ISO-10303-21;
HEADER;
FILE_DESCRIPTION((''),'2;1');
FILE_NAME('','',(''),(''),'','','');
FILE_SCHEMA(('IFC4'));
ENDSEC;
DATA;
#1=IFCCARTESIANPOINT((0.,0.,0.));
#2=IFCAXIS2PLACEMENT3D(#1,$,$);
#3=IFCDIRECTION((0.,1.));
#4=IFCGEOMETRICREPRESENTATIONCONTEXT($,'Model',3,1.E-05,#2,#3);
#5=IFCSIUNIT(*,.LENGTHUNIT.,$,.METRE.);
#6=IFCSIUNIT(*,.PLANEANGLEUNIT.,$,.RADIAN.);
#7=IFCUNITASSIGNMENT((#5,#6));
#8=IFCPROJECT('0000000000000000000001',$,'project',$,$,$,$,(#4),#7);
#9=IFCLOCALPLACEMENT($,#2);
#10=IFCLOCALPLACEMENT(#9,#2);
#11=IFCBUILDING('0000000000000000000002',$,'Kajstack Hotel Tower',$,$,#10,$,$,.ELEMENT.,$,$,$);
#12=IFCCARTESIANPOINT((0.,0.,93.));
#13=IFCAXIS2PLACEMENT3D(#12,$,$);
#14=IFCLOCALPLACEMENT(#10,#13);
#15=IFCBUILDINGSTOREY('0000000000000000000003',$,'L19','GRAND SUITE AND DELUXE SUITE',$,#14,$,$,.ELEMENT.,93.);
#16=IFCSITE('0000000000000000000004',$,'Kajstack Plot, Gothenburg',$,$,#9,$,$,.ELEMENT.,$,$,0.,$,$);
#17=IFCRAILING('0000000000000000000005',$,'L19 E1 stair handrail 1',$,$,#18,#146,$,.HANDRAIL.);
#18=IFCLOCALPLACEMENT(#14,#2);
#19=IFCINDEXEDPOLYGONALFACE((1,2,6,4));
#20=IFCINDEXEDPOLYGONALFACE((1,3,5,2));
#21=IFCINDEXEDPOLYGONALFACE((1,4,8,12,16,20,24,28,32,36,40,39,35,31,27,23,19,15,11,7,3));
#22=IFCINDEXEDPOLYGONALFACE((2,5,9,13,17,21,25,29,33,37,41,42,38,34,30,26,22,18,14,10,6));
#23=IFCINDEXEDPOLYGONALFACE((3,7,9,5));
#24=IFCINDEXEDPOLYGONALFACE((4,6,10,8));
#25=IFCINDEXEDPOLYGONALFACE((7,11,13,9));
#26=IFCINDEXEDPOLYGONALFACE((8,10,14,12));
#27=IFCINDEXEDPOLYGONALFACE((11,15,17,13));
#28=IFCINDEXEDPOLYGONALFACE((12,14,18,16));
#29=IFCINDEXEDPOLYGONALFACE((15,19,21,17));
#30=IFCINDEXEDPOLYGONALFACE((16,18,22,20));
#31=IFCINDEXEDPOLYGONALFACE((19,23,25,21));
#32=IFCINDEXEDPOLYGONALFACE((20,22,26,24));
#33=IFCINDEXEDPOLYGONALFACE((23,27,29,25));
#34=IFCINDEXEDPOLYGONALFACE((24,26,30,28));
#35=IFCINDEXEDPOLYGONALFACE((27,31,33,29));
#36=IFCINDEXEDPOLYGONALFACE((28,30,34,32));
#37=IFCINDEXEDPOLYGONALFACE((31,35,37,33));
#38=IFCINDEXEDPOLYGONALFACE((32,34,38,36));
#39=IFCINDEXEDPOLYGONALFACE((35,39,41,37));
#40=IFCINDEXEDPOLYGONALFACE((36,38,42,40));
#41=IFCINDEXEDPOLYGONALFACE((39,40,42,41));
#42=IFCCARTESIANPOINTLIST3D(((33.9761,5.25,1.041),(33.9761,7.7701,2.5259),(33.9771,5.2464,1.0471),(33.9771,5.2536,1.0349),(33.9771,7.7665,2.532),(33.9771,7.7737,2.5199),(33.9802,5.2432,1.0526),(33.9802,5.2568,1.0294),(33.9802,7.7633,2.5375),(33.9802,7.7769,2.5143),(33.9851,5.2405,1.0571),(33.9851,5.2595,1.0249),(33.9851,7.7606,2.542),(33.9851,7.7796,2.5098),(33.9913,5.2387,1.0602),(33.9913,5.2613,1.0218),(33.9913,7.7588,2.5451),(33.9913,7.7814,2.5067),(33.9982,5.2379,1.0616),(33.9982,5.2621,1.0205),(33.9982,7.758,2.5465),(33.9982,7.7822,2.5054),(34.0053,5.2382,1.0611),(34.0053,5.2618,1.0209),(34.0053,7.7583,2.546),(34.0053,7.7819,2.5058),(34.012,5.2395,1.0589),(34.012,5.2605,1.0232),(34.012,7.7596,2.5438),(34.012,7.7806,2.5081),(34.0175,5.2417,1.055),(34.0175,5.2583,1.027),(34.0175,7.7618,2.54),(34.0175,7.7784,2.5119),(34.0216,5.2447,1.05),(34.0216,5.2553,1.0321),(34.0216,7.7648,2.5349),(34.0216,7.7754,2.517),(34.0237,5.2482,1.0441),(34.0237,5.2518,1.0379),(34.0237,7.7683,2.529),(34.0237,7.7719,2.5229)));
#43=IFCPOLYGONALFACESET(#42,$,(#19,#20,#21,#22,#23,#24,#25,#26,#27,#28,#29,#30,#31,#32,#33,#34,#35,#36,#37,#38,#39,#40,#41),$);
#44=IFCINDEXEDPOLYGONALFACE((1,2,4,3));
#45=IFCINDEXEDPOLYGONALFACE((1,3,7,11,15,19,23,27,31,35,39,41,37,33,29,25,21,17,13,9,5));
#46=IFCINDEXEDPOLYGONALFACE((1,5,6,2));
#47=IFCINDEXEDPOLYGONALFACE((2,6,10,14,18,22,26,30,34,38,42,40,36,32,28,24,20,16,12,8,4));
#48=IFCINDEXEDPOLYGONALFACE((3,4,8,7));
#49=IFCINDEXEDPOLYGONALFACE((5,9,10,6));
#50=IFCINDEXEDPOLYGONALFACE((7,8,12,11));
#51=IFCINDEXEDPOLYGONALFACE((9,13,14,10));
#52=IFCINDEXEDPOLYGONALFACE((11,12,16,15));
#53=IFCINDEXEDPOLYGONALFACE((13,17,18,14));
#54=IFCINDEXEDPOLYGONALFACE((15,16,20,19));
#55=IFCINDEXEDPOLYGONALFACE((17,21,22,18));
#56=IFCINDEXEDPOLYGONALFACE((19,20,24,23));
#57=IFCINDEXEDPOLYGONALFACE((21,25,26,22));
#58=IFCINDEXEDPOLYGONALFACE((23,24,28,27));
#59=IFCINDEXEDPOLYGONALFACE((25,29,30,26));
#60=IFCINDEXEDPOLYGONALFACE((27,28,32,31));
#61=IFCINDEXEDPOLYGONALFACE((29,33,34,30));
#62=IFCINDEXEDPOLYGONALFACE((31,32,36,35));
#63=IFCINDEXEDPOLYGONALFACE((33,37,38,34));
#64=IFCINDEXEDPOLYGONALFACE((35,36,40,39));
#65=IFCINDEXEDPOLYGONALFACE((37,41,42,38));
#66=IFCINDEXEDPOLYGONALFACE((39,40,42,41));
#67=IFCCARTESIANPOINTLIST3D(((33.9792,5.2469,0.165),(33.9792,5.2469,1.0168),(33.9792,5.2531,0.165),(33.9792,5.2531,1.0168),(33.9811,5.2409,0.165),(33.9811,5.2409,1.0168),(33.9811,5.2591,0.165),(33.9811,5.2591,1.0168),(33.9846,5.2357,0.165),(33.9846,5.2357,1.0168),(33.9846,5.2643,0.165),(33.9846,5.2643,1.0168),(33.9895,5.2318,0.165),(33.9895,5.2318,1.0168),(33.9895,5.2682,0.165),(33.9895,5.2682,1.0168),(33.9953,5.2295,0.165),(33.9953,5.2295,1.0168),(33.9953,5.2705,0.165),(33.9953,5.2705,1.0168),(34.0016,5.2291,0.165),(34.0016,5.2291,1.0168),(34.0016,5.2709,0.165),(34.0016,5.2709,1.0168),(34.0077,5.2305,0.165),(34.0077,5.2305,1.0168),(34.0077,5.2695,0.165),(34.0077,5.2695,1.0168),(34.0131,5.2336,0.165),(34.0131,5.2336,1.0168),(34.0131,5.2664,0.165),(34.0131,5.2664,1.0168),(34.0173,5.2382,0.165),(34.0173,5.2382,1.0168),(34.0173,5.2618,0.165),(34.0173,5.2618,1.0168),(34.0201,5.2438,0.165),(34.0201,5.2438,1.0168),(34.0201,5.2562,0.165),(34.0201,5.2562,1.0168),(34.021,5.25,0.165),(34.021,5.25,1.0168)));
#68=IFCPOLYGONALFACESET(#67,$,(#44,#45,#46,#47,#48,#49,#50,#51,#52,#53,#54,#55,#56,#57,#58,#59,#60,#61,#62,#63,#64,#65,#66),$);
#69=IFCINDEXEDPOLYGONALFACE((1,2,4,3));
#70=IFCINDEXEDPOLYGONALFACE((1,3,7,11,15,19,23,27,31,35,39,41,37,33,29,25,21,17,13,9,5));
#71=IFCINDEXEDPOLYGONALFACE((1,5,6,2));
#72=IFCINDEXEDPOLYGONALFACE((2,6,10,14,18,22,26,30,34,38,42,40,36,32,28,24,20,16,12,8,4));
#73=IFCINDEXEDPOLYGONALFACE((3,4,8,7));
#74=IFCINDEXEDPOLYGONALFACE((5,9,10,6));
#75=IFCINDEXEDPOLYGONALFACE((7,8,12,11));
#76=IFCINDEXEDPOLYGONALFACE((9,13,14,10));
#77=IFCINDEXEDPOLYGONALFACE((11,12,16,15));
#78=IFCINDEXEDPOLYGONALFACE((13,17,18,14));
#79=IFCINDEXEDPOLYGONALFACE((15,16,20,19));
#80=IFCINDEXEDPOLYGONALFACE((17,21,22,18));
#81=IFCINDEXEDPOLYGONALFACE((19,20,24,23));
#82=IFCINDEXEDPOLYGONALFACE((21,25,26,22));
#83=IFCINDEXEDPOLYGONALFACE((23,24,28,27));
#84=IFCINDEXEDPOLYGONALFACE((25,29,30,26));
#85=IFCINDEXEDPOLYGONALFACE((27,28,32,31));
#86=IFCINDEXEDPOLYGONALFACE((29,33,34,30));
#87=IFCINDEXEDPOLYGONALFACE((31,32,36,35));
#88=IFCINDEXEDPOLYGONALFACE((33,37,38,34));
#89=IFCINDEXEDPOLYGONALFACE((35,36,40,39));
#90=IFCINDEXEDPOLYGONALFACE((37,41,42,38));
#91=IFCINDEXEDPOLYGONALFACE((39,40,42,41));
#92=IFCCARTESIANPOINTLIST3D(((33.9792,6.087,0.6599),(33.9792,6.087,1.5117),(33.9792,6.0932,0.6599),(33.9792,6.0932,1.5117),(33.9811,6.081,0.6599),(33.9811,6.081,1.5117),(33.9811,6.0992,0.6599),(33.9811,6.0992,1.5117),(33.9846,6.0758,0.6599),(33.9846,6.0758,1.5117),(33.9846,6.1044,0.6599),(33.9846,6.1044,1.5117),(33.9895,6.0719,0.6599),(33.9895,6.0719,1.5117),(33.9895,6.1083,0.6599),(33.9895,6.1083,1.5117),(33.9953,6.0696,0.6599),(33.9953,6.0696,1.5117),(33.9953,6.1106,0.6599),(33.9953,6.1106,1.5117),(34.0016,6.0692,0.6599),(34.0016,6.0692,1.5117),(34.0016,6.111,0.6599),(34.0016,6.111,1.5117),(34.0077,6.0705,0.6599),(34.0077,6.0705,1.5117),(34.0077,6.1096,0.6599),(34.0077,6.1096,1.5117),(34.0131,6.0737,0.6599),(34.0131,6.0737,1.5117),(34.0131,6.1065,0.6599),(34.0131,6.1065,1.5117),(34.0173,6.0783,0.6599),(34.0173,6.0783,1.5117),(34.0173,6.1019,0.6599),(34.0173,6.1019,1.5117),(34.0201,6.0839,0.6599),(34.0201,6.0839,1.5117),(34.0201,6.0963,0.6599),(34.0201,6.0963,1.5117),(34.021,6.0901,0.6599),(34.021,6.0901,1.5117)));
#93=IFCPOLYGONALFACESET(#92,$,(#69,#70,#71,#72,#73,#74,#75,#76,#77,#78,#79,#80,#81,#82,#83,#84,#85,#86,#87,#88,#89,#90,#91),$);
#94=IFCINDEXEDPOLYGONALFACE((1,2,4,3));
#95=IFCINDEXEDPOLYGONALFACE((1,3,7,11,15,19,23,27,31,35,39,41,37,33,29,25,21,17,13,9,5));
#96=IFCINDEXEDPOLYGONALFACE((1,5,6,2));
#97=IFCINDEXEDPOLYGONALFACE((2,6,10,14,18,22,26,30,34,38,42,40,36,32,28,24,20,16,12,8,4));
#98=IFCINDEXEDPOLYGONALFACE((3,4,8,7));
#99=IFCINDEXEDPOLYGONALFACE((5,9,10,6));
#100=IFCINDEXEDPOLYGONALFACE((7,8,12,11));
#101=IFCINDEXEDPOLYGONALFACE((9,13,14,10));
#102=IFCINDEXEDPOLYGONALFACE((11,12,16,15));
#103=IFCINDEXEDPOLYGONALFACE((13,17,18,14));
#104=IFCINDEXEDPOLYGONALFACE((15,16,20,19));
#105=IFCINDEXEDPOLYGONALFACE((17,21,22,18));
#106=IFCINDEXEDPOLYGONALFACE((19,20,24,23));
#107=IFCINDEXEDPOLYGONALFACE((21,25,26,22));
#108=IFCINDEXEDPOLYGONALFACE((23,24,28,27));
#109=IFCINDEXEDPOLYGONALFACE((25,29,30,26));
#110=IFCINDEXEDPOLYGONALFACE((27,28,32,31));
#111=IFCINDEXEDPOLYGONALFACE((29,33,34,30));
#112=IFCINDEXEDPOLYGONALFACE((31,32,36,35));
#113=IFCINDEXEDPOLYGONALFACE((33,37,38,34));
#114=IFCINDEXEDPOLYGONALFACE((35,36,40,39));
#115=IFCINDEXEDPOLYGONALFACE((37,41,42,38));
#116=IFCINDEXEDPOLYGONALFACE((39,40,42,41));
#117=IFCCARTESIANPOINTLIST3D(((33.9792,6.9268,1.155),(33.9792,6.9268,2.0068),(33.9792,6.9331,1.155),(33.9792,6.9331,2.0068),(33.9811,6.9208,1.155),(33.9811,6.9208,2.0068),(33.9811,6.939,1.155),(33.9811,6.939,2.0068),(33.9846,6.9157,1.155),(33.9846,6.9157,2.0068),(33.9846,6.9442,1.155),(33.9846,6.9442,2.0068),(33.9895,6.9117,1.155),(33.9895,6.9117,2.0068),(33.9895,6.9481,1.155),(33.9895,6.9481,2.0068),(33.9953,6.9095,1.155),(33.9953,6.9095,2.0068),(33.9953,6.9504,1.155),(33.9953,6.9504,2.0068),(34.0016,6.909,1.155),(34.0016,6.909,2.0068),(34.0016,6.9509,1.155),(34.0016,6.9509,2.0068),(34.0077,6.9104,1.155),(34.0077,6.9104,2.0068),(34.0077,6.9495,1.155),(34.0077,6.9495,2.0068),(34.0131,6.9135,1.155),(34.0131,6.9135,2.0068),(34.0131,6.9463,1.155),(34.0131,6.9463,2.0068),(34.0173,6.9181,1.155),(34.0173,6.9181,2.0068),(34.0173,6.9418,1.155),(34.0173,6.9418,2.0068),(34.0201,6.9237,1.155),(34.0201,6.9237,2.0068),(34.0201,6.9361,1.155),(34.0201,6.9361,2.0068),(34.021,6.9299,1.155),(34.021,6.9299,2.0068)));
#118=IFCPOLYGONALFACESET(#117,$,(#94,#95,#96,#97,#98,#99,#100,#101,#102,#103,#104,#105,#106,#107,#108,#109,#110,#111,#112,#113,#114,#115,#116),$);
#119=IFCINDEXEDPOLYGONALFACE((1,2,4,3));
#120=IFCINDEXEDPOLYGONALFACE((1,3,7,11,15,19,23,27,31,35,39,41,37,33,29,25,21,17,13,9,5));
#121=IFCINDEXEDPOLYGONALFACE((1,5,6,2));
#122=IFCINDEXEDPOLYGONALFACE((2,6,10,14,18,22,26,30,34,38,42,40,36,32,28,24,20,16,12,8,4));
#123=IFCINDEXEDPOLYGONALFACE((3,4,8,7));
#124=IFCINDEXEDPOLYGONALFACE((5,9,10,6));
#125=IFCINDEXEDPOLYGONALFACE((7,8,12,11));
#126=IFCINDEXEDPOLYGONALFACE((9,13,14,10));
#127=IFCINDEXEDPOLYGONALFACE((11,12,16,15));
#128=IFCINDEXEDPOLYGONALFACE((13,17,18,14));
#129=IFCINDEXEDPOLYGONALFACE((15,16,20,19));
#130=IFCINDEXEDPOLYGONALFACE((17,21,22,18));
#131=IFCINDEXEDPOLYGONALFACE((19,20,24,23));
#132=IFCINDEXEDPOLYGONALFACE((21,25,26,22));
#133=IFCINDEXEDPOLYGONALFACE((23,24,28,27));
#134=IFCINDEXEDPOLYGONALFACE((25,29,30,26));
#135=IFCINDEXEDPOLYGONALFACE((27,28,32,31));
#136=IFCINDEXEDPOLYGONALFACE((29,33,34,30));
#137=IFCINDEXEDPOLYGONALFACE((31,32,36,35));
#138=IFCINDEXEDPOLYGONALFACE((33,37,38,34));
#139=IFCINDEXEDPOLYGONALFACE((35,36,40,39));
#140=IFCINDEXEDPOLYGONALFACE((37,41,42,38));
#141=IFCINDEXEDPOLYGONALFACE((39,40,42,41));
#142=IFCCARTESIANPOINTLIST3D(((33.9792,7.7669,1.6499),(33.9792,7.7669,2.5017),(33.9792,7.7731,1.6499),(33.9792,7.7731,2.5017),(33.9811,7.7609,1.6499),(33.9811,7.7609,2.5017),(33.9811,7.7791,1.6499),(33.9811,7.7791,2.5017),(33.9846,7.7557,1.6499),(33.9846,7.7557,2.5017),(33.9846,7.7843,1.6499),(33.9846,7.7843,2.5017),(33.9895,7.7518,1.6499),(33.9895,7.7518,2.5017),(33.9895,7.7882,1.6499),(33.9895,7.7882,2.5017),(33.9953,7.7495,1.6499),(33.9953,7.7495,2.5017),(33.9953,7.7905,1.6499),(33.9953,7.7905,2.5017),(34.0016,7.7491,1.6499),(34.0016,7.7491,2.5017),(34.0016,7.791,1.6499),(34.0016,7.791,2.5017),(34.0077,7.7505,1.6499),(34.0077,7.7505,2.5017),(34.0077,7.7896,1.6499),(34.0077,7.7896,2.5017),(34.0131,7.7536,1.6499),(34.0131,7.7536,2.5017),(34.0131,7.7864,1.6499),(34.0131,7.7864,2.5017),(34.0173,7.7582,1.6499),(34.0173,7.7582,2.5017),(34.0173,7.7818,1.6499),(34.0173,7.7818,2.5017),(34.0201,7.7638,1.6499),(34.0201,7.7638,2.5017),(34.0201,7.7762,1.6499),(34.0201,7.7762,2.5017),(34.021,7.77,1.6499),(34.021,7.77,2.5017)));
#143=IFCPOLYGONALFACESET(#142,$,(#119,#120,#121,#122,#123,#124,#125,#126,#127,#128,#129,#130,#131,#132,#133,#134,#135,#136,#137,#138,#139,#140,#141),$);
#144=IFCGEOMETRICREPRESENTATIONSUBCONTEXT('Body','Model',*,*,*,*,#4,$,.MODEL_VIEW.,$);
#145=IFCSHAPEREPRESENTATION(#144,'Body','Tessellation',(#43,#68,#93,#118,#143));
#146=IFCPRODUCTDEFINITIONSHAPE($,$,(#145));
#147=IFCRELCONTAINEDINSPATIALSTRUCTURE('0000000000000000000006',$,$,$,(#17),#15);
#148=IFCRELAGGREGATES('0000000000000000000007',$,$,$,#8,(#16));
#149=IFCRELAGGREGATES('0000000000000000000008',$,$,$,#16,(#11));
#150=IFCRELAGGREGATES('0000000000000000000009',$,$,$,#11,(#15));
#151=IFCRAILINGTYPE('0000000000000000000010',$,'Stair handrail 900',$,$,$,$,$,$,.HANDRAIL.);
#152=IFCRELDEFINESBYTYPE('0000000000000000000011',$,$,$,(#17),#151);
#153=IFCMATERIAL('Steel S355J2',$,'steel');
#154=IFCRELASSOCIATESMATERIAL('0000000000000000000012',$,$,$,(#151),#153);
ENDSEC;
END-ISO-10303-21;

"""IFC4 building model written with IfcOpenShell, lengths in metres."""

from ifc_helpers import new_model, si_unit, direction, frame, origin, origin_2d, place, context, subcontext, project, spatial, circle, extrude, material, type_object, element, save


model = new_model("IFC4")

# Units and contexts
model_context = context("Model", 3, precision=1e-05, world=origin(), true_north=direction((0.0, 1.0)))
body_context = subcontext(model_context, "Body", "Model", "MODEL_VIEW")
ifc_project = project(units=[si_unit("LENGTHUNIT", "METRE"), si_unit("PLANEANGLEUNIT", "RADIAN")], contexts=[model_context])

# Site, building, storey
site_placement = place(None, origin())
site = spatial("IfcSite", under=ifc_project, at=site_placement, Name="Kajstack Plot, Gothenburg", CompositionType="ELEMENT", RefElevation=0.0)
building_placement = place(site_placement, origin())
building = spatial("IfcBuilding", under=site, at=building_placement, Name="Kajstack Hotel Tower", CompositionType="ELEMENT")
storey_placement = place(building_placement, frame((0.0, 0.0, 93.0)))
storey = spatial("IfcBuildingStorey", under=building, at=storey_placement, Name="L19", Description="GRAND SUITE AND DELUXE SUITE", CompositionType="ELEMENT", Elevation=93.0)

# Railing
ifc_material_1 = material(Name="Steel S355J2", Category="steel")
railing_type_1 = type_object("IfcRailingType", Name="Stair handrail 900", PredefinedType="HANDRAIL", material=ifc_material_1)
railing_1_placement = place(storey_placement, frame((34.0, 5.25, 0.165)))
element("IfcRailing", 1, at=railing_1_placement, inside=storey, type_object=railing_type_1, Name="L19 E1 stair handrail 1", PredefinedType="HANDRAIL", context=body_context, shape_type="SweptSolid", body=[
    extrude(circle(Radius=0.0239, at=origin_2d()), frame((0.0, 0.0, 0.876), z_axis=(0.0, 0.861561, 0.507655), x_axis=(-1.0, 0.0, 0.0)), (0.0, 0.0, 1.0), 2.925),
    extrude(circle(Radius=0.021, at=origin_2d()), origin(), (0.0, 0.0, 1.0), 0.8518),
    extrude(circle(Radius=0.021, at=origin_2d()), frame((0.0, 0.8401, 0.4949)), (0.0, 0.0, 1.0), 0.8518),
    extrude(circle(Radius=0.021, at=origin_2d()), frame((0.0, 1.6799, 0.99)), (0.0, 0.0, 1.0), 0.8518),
    extrude(circle(Radius=0.021, at=origin_2d()), frame((0.0, 2.52, 1.4849)), (0.0, 0.0, 1.0), 0.8518),
])

save(model, "model.ifc")
